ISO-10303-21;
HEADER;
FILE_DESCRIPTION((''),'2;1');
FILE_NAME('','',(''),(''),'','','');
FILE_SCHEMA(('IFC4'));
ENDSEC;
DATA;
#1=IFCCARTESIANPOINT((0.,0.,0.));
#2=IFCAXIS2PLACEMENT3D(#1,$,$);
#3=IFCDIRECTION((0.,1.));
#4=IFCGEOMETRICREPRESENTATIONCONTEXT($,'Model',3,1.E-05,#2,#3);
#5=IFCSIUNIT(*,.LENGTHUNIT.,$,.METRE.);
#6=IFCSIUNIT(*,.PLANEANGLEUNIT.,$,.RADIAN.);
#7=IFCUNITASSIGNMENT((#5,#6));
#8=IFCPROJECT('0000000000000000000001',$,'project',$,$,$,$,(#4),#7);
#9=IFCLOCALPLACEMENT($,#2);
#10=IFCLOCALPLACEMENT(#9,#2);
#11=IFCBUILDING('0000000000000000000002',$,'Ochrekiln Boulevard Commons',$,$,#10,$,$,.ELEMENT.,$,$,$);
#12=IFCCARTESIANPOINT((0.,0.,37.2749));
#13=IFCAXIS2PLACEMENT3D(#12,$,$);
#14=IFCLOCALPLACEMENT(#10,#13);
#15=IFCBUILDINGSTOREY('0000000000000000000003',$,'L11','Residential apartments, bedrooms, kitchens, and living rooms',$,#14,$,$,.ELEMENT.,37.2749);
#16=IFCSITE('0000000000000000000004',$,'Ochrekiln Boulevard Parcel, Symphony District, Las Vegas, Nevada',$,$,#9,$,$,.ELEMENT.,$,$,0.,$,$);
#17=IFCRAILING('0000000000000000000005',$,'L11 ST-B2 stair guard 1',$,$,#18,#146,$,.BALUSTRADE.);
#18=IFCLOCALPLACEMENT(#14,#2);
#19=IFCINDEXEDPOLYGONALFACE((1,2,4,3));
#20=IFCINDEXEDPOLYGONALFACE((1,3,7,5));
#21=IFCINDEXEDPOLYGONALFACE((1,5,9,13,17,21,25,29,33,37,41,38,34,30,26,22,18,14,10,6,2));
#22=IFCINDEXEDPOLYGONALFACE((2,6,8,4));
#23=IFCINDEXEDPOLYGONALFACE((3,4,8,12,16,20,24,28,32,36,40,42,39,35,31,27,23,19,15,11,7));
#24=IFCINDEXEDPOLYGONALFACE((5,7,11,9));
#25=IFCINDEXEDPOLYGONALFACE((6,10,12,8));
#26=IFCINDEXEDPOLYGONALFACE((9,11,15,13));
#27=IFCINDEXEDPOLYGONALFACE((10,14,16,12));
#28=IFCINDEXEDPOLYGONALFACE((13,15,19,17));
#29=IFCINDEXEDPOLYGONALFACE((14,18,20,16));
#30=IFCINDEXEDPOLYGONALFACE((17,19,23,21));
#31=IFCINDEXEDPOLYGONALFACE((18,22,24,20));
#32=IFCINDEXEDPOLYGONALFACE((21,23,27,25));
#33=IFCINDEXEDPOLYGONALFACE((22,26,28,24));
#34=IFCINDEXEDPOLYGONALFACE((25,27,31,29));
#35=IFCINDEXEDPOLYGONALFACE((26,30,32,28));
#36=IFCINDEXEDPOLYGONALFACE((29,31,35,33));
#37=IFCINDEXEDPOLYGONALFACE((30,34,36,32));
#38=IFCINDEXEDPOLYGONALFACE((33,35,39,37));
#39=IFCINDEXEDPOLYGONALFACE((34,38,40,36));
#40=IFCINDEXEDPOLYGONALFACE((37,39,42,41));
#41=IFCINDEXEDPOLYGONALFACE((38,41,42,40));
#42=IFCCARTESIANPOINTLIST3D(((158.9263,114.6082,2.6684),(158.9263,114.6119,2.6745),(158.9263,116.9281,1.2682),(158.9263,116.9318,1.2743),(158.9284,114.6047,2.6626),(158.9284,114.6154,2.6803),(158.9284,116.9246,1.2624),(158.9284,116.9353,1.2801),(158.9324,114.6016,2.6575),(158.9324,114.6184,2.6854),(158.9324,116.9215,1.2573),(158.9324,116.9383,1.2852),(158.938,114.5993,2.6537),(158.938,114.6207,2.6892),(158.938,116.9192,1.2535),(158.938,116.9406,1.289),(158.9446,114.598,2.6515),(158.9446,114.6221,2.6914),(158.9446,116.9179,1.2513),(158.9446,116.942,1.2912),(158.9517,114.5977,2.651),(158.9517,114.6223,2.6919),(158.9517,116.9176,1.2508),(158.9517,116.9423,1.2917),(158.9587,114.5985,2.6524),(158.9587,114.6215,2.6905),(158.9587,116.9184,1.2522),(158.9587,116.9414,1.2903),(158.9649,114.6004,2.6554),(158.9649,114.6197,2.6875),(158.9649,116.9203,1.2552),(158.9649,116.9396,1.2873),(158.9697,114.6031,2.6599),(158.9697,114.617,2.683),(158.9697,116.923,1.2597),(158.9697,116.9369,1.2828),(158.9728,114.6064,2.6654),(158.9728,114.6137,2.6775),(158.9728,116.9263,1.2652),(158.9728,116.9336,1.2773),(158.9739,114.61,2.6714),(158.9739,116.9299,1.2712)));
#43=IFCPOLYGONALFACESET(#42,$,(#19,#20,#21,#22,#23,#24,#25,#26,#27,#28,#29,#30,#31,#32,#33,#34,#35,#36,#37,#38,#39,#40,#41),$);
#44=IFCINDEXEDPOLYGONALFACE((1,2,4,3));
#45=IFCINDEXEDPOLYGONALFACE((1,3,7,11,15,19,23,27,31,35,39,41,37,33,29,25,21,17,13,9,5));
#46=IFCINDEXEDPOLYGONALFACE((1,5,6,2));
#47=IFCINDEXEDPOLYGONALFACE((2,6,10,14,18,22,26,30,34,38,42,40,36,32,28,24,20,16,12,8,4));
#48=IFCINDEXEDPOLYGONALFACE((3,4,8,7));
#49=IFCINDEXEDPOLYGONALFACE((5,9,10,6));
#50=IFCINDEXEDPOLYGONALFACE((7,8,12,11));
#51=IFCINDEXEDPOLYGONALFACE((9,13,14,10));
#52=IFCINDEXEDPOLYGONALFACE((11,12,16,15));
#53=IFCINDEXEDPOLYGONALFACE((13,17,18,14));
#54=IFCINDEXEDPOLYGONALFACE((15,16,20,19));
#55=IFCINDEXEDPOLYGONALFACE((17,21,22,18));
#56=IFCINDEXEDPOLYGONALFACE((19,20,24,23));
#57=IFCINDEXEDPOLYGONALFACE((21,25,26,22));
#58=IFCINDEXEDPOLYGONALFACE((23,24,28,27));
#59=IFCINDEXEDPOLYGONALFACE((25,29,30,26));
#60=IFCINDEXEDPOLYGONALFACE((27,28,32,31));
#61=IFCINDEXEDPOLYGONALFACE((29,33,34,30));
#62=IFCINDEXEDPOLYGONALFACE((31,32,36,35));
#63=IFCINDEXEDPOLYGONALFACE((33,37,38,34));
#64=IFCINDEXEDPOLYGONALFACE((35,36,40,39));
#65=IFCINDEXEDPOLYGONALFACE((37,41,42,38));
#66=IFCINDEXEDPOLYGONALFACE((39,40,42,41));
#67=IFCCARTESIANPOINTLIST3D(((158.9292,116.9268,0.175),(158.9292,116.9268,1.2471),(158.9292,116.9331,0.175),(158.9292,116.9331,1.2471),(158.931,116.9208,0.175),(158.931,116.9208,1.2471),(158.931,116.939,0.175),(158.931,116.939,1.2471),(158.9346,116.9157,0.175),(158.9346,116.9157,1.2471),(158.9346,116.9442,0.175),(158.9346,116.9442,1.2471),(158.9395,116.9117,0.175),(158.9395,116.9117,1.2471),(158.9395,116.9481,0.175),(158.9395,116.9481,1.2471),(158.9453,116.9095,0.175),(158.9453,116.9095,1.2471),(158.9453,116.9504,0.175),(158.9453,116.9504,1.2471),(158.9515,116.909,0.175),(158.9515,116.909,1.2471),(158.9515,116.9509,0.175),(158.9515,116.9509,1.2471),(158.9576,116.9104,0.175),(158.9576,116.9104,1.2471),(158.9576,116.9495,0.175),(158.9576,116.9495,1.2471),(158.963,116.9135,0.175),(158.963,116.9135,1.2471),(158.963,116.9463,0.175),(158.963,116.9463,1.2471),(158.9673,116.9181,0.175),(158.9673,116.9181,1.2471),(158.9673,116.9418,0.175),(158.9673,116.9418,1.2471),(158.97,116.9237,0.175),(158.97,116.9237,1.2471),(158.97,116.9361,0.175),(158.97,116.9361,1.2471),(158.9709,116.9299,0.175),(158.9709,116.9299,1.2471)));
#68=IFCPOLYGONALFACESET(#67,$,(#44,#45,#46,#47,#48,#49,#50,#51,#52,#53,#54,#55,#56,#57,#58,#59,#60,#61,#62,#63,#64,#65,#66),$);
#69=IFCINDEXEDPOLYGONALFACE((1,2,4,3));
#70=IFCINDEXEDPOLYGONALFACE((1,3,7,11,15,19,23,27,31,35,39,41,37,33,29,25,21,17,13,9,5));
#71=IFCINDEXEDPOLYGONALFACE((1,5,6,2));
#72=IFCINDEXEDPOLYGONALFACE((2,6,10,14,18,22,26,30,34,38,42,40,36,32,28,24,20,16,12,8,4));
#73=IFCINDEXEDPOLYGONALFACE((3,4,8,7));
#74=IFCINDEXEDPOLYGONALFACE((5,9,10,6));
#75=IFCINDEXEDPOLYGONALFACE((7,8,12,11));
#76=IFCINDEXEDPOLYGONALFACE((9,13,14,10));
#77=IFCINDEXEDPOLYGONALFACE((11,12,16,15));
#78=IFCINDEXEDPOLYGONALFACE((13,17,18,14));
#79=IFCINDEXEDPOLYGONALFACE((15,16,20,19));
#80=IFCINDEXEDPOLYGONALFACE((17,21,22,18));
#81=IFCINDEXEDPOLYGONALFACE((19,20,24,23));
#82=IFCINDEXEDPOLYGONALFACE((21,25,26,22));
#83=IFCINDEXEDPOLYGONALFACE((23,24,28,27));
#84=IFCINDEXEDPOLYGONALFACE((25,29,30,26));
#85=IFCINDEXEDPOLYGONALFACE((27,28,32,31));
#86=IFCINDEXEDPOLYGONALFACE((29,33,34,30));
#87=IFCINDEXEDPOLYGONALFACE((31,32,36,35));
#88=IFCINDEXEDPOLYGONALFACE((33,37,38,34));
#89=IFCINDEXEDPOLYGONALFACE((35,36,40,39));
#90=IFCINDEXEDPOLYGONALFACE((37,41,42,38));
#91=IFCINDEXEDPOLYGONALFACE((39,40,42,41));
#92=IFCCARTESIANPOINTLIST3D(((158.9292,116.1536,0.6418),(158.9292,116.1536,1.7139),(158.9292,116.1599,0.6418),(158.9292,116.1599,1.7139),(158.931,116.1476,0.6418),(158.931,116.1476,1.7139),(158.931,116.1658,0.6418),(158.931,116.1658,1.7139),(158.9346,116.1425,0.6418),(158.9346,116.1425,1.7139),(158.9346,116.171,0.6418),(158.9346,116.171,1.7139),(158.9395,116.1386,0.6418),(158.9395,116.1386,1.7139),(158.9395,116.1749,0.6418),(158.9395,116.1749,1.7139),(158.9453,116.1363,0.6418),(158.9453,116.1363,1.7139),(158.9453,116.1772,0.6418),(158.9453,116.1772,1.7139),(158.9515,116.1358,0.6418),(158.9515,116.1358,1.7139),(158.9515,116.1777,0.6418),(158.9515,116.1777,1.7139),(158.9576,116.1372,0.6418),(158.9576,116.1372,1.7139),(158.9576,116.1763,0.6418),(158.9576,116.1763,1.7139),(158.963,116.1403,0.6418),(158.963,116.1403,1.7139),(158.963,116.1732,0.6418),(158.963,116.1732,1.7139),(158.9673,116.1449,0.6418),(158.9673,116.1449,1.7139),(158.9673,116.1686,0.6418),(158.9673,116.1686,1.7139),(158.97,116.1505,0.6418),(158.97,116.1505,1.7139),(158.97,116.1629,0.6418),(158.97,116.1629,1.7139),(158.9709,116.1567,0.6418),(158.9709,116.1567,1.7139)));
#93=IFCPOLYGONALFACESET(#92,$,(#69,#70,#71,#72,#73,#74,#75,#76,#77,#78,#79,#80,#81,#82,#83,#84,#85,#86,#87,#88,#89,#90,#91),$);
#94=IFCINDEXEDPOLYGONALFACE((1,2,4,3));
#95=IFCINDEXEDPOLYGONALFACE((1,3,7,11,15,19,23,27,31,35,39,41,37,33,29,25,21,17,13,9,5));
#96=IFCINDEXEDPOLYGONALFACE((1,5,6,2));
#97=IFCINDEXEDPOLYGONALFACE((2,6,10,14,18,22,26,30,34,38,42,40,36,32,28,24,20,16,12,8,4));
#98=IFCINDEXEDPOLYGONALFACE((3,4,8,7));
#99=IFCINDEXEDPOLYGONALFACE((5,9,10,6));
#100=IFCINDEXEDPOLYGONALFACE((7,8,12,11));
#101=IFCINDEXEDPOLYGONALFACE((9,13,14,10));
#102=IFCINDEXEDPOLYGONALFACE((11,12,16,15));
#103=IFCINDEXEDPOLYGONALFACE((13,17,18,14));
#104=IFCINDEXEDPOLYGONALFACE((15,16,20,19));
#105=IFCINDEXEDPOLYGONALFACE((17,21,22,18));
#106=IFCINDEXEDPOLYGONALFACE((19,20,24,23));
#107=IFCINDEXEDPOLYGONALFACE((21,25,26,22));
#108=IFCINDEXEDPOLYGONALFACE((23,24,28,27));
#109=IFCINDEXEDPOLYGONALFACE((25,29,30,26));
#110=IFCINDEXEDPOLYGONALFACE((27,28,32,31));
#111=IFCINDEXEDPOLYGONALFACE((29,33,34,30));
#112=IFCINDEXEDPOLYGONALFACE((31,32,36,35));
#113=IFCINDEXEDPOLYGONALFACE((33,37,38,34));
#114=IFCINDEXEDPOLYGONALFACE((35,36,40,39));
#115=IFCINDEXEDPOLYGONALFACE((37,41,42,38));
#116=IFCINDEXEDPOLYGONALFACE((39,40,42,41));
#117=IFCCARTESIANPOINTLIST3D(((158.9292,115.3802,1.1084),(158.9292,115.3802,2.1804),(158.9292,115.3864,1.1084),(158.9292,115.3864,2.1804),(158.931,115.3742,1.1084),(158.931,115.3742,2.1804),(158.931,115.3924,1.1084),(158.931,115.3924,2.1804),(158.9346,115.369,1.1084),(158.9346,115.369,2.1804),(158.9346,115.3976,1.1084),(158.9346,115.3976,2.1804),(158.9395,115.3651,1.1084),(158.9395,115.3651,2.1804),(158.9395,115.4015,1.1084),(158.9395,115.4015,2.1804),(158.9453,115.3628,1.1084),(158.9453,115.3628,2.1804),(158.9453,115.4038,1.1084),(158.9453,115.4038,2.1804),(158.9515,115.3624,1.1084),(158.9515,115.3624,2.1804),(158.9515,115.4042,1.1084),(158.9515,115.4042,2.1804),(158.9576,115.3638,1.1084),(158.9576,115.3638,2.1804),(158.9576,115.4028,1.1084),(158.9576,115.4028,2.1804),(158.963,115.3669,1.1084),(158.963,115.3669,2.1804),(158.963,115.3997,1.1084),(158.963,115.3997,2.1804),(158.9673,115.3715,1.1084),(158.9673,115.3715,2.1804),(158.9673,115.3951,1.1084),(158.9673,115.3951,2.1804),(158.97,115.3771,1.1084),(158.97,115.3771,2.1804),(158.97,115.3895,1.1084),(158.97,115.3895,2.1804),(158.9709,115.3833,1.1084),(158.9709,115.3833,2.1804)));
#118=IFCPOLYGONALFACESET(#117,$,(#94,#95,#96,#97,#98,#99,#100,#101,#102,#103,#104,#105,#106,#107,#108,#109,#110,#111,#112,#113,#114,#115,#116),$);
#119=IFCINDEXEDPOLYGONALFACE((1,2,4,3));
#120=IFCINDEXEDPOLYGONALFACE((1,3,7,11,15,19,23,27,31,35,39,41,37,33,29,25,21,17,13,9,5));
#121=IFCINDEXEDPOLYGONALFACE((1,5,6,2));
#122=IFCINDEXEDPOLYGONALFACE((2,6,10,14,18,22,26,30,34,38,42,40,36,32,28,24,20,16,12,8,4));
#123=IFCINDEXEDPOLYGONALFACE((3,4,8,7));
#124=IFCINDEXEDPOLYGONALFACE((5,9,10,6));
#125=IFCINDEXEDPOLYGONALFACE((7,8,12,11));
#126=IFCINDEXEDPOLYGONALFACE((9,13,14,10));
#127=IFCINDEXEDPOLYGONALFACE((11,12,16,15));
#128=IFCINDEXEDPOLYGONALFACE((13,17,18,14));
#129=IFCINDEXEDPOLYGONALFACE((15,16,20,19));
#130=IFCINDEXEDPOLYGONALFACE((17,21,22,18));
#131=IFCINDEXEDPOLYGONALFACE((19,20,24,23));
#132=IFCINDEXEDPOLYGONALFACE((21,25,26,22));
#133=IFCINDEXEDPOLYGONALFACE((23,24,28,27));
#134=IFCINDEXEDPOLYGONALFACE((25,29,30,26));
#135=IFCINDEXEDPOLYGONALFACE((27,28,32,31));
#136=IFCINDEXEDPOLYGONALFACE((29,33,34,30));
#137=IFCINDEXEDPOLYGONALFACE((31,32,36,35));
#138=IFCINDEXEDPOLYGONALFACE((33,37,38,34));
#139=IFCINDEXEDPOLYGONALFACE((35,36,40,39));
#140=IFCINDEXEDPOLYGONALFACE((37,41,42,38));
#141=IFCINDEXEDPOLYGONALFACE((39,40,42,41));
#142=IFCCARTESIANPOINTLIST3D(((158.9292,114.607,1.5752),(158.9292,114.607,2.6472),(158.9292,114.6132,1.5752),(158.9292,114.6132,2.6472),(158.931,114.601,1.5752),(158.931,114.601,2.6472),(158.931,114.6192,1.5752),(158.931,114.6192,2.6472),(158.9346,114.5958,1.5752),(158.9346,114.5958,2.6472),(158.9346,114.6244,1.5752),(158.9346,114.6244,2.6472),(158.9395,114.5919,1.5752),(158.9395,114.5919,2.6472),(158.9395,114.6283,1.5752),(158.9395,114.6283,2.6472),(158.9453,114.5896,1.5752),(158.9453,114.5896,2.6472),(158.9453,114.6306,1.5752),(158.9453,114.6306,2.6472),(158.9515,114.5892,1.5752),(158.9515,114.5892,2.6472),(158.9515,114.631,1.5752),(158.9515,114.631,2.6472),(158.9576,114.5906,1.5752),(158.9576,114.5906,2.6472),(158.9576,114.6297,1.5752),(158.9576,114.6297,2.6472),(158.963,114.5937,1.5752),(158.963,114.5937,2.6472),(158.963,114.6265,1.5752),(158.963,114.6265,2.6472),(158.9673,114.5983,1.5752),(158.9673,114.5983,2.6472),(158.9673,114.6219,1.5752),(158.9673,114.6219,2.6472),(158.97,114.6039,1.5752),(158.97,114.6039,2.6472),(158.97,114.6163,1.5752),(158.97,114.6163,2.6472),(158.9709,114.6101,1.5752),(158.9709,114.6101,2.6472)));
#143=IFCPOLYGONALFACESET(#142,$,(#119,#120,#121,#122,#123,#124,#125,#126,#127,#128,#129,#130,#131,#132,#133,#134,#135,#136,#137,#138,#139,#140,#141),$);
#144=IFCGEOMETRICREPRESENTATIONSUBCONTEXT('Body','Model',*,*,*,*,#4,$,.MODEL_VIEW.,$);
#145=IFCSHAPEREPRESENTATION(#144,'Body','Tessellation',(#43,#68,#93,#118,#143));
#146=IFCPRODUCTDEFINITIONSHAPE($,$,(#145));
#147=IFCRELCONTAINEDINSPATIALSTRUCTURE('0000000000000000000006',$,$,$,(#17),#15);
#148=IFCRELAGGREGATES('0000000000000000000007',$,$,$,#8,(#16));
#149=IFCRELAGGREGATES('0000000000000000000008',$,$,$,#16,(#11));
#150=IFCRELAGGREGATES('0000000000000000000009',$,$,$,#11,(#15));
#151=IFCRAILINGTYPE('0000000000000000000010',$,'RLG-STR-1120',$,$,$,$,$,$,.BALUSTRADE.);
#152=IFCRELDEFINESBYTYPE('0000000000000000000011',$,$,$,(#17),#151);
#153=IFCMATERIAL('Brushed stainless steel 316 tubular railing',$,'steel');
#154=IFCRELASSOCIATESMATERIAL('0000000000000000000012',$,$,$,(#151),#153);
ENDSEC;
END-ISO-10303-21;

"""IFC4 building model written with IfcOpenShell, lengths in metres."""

from ifc_helpers import new_model, si_unit, direction, frame, origin, origin_2d, place, context, subcontext, project, spatial, circle, extrude, material, type_object, element, save


model = new_model("IFC4")

# Units and contexts
model_context = context("Model", 3, precision=1e-05, world=origin(), true_north=direction((0.0, 1.0)))
body_context = subcontext(model_context, "Body", "Model", "MODEL_VIEW")
ifc_project = project(units=[si_unit("LENGTHUNIT", "METRE"), si_unit("PLANEANGLEUNIT", "RADIAN")], contexts=[model_context])

# Site, building, storey
site_placement = place(None, origin())
site = spatial("IfcSite", under=ifc_project, at=site_placement, Name="Ochrekiln Boulevard Parcel, Symphony District, Las Vegas, Nevada", CompositionType="ELEMENT", RefElevation=0.0)
building_placement = place(site_placement, origin())
building = spatial("IfcBuilding", under=site, at=building_placement, Name="Ochrekiln Boulevard Commons", CompositionType="ELEMENT")
storey_placement = place(building_placement, frame((0.0, 0.0, 37.2749)))
storey = spatial("IfcBuildingStorey", under=building, at=storey_placement, Name="L11", Description="Residential apartments, bedrooms, kitchens, and living rooms", CompositionType="ELEMENT", Elevation=37.2749)

# Railing
ifc_material_1 = material(Name="Brushed stainless steel 316 tubular railing", Category="steel")
railing_type_1 = type_object("IfcRailingType", Name="RLG-STR-1120", PredefinedType="BALUSTRADE", material=ifc_material_1)
railing_1_placement = place(storey_placement, frame((158.95, 116.9299, 0.175)))
element("IfcRailing", 1, at=railing_1_placement, inside=storey, type_object=railing_type_1, Name="L11 ST-B2 stair guard 1", PredefinedType="BALUSTRADE", context=body_context, shape_type="SweptSolid", body=[
    extrude(circle(Radius=0.0239, at=origin_2d()), frame((0.0, 0.0, 1.0962), z_axis=(0.0, -0.856146, 0.516733), x_axis=(1.0, 0.0, 0.0)), (0.0, 0.0, 1.0), 2.7097),
    extrude(circle(Radius=0.021, at=origin_2d()), origin(), (0.0, 0.0, 1.0), 1.072),
    extrude(circle(Radius=0.021, at=origin_2d()), frame((0.0, -0.7732, 0.4668)), (0.0, 0.0, 1.0), 1.072),
    extrude(circle(Radius=0.021, at=origin_2d()), frame((0.0, -1.5466, 0.9333)), (0.0, 0.0, 1.0), 1.072),
    extrude(circle(Radius=0.021, at=origin_2d()), frame((0.0, -2.3198, 1.4001)), (0.0, 0.0, 1.0), 1.072),
])

save(model, "model.ifc")
